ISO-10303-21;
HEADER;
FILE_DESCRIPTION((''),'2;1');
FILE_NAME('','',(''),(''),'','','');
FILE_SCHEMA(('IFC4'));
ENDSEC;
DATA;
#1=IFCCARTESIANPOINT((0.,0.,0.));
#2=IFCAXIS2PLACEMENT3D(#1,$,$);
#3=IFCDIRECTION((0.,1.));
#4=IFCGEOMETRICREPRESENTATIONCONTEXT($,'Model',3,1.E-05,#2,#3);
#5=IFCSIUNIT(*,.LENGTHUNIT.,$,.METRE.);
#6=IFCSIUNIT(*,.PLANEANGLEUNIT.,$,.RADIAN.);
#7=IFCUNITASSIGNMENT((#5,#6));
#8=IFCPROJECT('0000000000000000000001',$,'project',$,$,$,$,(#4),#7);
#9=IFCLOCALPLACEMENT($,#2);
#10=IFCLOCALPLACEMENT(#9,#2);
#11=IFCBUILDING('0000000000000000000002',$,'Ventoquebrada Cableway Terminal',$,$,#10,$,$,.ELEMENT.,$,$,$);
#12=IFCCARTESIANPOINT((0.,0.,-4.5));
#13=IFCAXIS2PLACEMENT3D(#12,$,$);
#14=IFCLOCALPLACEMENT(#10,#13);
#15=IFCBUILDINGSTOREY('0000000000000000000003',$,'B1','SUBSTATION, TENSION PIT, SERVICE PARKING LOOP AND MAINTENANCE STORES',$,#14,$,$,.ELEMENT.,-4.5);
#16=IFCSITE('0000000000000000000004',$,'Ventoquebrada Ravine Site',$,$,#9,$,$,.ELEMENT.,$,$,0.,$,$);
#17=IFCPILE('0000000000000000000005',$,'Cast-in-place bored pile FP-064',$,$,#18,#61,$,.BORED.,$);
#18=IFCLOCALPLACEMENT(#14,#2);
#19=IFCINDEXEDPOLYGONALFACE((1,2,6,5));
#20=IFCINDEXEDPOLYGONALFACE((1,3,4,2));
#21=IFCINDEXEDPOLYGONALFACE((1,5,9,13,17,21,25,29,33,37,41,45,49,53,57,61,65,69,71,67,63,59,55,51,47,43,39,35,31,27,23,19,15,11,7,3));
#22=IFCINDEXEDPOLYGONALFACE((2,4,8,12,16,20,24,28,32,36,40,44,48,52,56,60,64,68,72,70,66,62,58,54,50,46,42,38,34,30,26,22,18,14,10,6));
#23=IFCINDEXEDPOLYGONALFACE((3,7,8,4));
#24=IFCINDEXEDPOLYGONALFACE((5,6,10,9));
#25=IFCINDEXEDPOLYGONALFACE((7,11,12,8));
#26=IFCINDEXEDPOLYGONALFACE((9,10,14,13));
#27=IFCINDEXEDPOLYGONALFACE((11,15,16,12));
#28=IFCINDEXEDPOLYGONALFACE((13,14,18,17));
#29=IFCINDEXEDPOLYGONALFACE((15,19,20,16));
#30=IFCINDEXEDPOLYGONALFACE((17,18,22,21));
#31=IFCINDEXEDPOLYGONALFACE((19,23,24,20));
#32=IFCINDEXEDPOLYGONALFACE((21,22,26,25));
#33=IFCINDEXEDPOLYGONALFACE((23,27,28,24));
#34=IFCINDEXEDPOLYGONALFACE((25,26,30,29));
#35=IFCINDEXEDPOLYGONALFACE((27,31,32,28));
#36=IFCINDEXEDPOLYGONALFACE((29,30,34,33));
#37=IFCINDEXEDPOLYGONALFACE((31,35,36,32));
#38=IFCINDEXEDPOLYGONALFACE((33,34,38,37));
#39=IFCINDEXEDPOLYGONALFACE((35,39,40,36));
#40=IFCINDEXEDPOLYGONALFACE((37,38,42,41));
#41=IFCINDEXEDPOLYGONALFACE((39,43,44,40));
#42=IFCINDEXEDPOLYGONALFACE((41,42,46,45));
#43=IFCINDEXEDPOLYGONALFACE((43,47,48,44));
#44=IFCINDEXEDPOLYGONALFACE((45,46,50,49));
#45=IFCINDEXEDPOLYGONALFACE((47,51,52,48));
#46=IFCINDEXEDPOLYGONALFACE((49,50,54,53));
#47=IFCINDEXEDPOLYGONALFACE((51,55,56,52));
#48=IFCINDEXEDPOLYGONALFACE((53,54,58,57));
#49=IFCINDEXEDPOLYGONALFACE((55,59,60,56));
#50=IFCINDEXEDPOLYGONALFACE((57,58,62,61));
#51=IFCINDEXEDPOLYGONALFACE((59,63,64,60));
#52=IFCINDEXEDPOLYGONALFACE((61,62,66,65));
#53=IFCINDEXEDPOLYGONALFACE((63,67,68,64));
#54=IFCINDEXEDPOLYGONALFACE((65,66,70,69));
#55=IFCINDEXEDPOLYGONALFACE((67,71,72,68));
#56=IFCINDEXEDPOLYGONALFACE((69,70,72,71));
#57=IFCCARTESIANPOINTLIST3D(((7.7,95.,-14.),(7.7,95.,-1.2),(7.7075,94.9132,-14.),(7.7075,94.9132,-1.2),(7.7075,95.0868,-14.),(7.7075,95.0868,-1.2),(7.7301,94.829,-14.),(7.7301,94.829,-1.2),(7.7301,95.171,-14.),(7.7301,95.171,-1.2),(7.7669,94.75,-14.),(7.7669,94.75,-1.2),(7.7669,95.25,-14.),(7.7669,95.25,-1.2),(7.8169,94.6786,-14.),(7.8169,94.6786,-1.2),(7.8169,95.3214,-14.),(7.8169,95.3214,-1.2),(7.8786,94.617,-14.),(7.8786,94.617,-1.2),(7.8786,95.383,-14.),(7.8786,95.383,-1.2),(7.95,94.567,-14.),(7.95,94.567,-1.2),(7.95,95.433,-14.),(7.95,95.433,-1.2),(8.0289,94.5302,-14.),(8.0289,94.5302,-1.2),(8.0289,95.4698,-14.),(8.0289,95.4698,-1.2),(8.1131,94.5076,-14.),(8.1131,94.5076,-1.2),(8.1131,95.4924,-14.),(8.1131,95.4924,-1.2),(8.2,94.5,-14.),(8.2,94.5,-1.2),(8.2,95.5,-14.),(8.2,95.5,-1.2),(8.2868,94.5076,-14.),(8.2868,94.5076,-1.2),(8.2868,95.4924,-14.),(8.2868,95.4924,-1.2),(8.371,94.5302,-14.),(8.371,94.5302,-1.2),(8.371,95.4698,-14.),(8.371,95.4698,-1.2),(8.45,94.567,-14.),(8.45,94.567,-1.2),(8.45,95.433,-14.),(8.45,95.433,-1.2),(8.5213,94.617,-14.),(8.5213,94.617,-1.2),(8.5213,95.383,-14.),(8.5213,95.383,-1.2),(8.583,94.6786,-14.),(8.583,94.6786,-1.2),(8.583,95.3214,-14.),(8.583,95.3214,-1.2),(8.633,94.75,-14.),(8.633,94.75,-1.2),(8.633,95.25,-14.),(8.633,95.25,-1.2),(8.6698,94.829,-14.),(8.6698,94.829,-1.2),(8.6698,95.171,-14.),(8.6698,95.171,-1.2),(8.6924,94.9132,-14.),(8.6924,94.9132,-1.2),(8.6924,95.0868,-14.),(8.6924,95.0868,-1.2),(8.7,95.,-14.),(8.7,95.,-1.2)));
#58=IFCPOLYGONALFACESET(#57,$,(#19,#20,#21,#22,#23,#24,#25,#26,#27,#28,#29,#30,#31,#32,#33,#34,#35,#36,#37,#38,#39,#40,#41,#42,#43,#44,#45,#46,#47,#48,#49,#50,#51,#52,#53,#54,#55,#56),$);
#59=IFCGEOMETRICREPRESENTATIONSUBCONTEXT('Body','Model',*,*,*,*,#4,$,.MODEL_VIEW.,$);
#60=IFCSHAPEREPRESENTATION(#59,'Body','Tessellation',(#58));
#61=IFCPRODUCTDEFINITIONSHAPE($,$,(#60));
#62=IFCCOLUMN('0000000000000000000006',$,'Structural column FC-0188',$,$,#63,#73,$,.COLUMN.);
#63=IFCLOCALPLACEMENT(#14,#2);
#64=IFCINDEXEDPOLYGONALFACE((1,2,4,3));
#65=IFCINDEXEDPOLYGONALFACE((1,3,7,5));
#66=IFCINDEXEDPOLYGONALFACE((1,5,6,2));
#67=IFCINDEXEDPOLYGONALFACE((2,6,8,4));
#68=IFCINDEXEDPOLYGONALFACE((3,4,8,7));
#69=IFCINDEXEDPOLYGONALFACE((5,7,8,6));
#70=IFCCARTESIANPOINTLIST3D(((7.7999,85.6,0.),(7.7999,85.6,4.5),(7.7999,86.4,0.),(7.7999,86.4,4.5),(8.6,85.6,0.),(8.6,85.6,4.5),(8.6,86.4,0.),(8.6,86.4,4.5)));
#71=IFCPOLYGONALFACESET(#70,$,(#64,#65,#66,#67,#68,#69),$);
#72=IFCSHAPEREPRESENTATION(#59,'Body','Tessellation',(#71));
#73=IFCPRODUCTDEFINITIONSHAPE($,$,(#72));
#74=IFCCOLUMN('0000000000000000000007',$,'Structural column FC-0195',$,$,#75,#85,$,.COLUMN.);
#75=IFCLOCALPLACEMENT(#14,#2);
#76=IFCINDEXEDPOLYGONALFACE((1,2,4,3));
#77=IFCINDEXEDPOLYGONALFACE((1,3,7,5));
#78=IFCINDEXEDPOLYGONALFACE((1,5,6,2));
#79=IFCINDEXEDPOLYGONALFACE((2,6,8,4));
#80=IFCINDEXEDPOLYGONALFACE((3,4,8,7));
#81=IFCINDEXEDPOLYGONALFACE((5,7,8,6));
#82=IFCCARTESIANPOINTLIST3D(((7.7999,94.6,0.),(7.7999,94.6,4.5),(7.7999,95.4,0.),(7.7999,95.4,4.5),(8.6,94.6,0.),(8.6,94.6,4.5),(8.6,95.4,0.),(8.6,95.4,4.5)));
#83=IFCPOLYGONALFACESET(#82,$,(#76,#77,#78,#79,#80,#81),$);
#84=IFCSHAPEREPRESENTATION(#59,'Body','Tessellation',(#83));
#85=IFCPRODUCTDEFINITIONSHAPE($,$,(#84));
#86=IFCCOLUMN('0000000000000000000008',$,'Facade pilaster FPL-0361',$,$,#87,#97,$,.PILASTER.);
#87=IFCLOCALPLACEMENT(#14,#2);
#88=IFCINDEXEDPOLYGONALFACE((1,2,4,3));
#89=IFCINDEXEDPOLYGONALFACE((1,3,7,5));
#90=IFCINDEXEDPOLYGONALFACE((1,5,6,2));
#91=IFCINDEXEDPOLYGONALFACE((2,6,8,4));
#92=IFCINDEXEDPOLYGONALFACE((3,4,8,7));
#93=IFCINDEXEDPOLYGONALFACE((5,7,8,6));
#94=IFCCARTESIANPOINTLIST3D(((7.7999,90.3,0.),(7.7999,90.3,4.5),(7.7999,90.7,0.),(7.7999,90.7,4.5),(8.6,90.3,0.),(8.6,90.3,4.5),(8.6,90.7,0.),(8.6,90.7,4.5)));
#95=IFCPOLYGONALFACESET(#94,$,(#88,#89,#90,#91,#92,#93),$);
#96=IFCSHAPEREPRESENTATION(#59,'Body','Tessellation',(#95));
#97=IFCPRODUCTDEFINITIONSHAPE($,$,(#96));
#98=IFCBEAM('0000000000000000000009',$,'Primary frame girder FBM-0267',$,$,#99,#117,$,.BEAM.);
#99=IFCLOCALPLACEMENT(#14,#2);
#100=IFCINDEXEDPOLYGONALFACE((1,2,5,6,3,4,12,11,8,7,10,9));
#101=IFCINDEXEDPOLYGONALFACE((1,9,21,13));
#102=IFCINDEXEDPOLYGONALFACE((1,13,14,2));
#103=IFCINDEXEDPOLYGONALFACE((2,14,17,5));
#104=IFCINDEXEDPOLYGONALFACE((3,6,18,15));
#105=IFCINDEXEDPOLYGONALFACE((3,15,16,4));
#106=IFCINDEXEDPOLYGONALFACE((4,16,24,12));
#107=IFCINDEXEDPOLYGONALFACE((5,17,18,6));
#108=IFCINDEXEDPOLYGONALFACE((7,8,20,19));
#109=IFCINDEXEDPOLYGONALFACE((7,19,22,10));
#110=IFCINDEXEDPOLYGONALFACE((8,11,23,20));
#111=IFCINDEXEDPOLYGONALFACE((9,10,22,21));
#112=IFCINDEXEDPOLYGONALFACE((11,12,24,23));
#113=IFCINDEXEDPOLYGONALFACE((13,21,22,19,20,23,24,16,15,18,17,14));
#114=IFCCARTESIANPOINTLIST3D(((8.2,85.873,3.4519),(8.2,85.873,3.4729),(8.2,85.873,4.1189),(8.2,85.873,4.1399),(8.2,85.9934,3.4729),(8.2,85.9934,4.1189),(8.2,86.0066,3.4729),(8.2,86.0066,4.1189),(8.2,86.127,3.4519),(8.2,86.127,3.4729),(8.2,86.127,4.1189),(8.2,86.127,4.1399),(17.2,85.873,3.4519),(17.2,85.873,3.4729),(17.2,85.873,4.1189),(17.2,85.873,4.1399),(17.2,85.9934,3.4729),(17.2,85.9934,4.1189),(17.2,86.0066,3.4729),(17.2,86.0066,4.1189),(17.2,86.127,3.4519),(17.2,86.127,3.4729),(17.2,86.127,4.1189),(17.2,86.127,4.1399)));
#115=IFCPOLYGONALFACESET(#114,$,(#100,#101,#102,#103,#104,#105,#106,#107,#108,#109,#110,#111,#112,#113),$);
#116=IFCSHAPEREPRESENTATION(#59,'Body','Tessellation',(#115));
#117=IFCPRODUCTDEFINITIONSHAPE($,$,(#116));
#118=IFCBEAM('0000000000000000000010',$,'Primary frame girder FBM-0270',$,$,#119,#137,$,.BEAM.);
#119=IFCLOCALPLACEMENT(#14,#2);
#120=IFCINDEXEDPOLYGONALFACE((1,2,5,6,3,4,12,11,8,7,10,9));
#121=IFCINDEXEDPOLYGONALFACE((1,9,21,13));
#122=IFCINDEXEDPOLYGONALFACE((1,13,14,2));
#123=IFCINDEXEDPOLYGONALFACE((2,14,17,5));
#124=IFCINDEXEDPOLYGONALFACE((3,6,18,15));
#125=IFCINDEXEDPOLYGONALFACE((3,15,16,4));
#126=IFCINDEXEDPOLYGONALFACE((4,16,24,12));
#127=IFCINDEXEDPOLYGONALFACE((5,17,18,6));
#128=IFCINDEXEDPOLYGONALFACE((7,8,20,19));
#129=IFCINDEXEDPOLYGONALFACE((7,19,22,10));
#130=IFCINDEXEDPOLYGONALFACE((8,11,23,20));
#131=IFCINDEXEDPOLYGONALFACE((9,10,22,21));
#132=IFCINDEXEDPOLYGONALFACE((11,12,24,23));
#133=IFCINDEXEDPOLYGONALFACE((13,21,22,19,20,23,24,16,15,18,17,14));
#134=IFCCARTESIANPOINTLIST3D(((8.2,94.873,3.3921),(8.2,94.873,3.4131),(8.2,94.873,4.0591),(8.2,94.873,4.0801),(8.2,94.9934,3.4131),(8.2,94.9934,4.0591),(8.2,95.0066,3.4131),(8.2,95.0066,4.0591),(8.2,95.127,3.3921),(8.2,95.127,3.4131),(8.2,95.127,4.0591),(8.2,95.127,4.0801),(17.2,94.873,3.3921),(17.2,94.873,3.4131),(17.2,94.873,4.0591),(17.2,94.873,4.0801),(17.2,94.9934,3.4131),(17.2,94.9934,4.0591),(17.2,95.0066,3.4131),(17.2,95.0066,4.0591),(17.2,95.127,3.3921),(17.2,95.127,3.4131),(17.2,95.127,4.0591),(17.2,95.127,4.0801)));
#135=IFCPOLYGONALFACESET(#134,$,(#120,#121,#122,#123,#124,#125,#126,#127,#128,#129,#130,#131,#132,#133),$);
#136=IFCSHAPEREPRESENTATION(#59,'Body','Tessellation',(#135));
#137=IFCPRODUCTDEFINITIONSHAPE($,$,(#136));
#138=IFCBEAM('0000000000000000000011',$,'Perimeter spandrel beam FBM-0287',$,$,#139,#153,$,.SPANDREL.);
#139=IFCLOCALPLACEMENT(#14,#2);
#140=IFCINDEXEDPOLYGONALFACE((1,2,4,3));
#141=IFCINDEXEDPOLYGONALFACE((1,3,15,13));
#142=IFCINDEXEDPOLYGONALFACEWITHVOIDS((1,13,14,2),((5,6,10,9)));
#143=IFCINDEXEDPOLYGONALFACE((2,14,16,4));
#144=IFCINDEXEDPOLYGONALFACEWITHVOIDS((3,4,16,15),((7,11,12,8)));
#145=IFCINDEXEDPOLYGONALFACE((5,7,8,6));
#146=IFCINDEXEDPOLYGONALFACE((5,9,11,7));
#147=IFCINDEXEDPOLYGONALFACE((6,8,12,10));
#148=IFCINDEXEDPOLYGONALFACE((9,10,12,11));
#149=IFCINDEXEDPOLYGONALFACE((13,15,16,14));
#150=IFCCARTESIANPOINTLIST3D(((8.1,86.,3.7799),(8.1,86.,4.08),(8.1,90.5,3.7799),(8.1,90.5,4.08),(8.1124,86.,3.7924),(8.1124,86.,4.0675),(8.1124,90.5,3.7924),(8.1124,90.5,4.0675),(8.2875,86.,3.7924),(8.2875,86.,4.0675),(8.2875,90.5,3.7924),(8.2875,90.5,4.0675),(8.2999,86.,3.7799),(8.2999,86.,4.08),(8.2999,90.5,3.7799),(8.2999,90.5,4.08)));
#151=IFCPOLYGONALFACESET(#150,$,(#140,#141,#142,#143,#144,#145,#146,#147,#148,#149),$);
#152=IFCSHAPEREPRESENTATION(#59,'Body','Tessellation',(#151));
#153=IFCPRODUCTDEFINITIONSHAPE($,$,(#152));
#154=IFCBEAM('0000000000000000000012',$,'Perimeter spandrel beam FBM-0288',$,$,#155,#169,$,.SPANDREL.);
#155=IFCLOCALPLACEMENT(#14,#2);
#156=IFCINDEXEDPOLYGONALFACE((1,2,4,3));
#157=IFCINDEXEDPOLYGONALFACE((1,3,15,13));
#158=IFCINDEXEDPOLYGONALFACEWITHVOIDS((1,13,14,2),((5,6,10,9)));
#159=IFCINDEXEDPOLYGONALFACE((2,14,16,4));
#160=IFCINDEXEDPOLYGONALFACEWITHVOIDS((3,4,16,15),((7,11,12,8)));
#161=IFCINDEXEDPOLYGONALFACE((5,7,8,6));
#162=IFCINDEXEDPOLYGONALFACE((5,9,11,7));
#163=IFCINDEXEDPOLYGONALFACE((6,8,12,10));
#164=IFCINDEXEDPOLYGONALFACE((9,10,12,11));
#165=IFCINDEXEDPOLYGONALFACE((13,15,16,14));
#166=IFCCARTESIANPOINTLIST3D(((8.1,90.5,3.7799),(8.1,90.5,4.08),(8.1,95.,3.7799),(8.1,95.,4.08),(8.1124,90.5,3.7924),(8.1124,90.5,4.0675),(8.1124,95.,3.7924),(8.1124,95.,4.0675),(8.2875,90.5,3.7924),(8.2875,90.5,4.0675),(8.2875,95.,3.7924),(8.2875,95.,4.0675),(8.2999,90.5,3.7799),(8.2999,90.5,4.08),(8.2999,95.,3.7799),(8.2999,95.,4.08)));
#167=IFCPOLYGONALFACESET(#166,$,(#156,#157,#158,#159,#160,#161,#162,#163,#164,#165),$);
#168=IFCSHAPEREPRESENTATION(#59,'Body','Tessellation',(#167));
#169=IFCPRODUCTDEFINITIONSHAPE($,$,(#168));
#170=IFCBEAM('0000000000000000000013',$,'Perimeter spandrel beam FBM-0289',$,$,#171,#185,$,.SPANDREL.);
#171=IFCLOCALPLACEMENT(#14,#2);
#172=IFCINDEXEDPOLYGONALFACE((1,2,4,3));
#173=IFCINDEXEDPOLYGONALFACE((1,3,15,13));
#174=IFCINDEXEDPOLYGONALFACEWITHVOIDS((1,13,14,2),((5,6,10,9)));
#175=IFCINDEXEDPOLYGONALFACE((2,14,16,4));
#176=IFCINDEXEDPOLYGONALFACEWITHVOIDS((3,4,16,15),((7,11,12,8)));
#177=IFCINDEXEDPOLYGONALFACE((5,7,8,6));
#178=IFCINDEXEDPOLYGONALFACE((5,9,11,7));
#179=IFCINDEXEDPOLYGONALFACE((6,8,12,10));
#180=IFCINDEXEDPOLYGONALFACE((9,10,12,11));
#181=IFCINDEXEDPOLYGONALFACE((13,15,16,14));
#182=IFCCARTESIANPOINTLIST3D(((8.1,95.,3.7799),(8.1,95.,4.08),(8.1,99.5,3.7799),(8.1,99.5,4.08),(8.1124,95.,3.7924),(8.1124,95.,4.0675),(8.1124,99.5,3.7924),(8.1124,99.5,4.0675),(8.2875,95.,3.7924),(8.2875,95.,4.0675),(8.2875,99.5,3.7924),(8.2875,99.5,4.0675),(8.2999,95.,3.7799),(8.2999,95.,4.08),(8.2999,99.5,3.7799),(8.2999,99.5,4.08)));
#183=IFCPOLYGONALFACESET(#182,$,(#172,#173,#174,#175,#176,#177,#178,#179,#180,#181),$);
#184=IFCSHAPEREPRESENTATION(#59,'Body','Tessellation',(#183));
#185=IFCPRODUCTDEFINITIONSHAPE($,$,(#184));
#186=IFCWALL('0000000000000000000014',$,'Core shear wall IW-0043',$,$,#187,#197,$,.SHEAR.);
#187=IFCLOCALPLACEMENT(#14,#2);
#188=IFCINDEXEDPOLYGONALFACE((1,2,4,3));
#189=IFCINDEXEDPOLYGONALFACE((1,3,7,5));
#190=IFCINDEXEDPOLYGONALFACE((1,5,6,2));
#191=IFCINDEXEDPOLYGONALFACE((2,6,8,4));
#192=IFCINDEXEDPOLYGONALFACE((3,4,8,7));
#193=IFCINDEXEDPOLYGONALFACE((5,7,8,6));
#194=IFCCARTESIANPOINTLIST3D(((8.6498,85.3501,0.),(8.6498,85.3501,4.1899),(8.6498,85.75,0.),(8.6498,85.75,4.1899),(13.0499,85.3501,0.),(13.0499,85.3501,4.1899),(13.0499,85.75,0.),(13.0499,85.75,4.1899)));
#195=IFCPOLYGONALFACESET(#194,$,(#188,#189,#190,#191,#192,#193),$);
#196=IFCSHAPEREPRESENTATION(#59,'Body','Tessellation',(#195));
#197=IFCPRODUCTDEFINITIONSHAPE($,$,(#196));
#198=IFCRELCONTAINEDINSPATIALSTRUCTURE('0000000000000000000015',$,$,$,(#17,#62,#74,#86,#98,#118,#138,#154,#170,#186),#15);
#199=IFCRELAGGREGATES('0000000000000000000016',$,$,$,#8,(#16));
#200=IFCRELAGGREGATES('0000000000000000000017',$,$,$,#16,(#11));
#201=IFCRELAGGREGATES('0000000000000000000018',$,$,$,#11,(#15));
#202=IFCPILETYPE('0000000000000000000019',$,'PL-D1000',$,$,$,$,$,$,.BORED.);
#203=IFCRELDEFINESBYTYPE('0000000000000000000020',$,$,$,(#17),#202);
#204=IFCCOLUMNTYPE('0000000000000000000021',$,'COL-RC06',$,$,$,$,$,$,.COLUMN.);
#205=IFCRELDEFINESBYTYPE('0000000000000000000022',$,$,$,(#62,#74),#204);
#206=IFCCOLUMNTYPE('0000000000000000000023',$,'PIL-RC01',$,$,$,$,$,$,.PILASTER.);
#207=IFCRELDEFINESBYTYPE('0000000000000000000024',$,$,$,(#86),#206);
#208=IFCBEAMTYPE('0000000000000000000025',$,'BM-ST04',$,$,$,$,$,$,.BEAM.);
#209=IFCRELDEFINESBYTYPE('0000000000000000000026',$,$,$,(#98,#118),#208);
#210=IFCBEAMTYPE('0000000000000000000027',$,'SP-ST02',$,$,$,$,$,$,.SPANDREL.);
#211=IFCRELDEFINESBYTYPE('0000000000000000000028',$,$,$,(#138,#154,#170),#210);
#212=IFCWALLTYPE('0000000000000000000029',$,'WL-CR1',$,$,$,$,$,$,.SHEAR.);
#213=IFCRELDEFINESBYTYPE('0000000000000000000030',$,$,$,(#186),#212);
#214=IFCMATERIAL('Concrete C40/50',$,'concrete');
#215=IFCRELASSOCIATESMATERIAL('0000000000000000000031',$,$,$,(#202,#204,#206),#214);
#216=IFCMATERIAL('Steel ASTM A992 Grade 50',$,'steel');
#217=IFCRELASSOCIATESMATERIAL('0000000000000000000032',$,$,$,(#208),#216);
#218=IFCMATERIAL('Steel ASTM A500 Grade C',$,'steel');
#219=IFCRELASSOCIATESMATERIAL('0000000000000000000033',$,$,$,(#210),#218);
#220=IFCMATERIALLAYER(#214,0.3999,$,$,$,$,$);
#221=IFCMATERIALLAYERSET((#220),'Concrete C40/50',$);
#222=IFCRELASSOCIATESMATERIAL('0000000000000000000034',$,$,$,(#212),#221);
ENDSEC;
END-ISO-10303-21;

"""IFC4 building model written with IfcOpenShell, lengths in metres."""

from ifc_helpers import new_model, si_unit, direction, frame, frame_2d, origin, origin_2d, place, context, subcontext, project, spatial, rectangle, hollow_rectangle, circle, i_section, extrude, material, layer, layer_set, material_profile, profile_set, type_object, element, save


model = new_model("IFC4")

# Units and contexts
model_context = context("Model", 3, precision=1e-05, world=origin(), true_north=direction((0.0, 1.0)))
body_context = subcontext(model_context, "Body", "Model", "MODEL_VIEW")
ifc_project = project(units=[si_unit("LENGTHUNIT", "METRE"), si_unit("PLANEANGLEUNIT", "RADIAN")], contexts=[model_context])

# Site, building, storey
site_placement = place(None, origin())
site = spatial("IfcSite", under=ifc_project, at=site_placement, Name="Ventoquebrada Ravine Site", CompositionType="ELEMENT", RefElevation=0.0)
building_placement = place(site_placement, origin())
building = spatial("IfcBuilding", under=site, at=building_placement, Name="Ventoquebrada Cableway Terminal", CompositionType="ELEMENT")
storey_placement = place(building_placement, frame((0.0, 0.0, -4.5)))
storey = spatial("IfcBuildingStorey", under=building, at=storey_placement, Name="B1", Description="SUBSTATION, TENSION PIT, SERVICE PARKING LOOP AND MAINTENANCE STORES", CompositionType="ELEMENT", Elevation=-4.5)

# Shared definitions
ifc_material_1 = material(Name="Concrete C40/50", Category="concrete")

# Pile
ifc_material_profile_1 = material_profile(ifc_material_1, circle(Radius=0.5, at=origin_2d()), Name="PILE-D1000")
ifc_profile_set_1 = profile_set([ifc_material_profile_1], Name="Concrete C40/50")
pile_type = type_object("IfcPileType", Name="PL-D1000", PredefinedType="BORED", material=ifc_profile_set_1)
pile_1_placement = place(storey_placement, frame((8.2, 95.0, -1.2), z_axis=(0.0, 0.0, -1.0), x_axis=(1.0, 0.0, 0.0)))
element("IfcPile", 1, at=pile_1_placement, inside=storey, type_object=pile_type, Name="Cast-in-place bored pile FP-064", PredefinedType="BORED", context=body_context, shape_type="SweptSolid", body=[
    extrude(circle(Radius=0.5, at=origin_2d()), origin(), (0.0, 0.0, 1.0), 12.8),
])

# Columns
ifc_material_profile_2 = material_profile(ifc_material_1, rectangle(XDim=0.8, YDim=0.8, at=origin_2d()), Name="RC-COL-800X800")
ifc_profile_set_2 = profile_set([ifc_material_profile_2], Name="Concrete C40/50")
column_type_1 = type_object("IfcColumnType", Name="COL-RC06", PredefinedType="COLUMN", material=ifc_profile_set_2)
for number, where, z_axis, x_axis, name in (
    (2, (8.2, 86.0, 0.0), (0.0, 0.0, 1.0), (1.0, 0.0, 0.0), "Structural column FC-0188"),
    (3, (8.2, 95.0, 0.0), (0.0, 0.0, 1.0), (1.0, 0.0, 0.0), "Structural column FC-0195"),
):
    element("IfcColumn", number, at=place(storey_placement, frame(where, z_axis=z_axis, x_axis=x_axis)), inside=storey, type_object=column_type_1, Name=name, PredefinedType="COLUMN", context=body_context, shape_type="SweptSolid", body=[
        extrude(rectangle(XDim=0.8, YDim=0.8, at=origin_2d()), origin(), (0.0, 0.0, 1.0), 4.5),
    ])
ifc_material_profile_3 = material_profile(ifc_material_1, rectangle(XDim=0.3999, YDim=0.8, at=origin_2d()), Name="RC-PIL-400X800")
ifc_profile_set_3 = profile_set([ifc_material_profile_3], Name="Concrete C40/50")
column_type_2 = type_object("IfcColumnType", Name="PIL-RC01", PredefinedType="PILASTER", material=ifc_profile_set_3)
column_placement = place(storey_placement, frame((8.2, 90.5, 0.0), z_axis=(0.0, 0.0, 1.0), x_axis=(0.0, 1.0, 0.0)))
element("IfcColumn", 4, at=column_placement, inside=storey, type_object=column_type_2, Name="Facade pilaster FPL-0361", PredefinedType="PILASTER", context=body_context, shape_type="SweptSolid", body=[
    extrude(rectangle(XDim=0.3999, YDim=0.8, at=origin_2d()), origin(), (0.0, 0.0, 1.0), 4.5),
])

# Beams
ifc_material_2 = material(Name="Steel ASTM A992 Grade 50", Category="steel")
ifc_material_profile_4 = material_profile(ifc_material_2, i_section(OverallWidth=0.2539, OverallDepth=0.688, WebThickness=0.0132, FlangeThickness=0.021, at=origin_2d()), Name="W27X102")
ifc_profile_set_4 = profile_set([ifc_material_profile_4], Name="Steel ASTM A992 Grade 50")
beam_type_1 = type_object("IfcBeamType", Name="BM-ST04", PredefinedType="BEAM", material=ifc_profile_set_4)
for number, where, z_axis, x_axis, name in (
    (5, (8.2, 86.0, 3.7959), (1.0, 0.0, 0.0), (0.0, 1.0, 0.0), "Primary frame girder FBM-0267"),
    (6, (8.2, 95.0, 3.7361), (1.0, 0.0, 0.0), (0.0, 1.0, 0.0), "Primary frame girder FBM-0270"),
):
    element("IfcBeam", number, at=place(storey_placement, frame(where, z_axis=z_axis, x_axis=x_axis)), inside=storey, type_object=beam_type_1, Name=name, PredefinedType="BEAM", context=body_context, shape_type="SweptSolid", body=[
        extrude(i_section(OverallWidth=0.2539, OverallDepth=0.688, WebThickness=0.0132, FlangeThickness=0.021, at=origin_2d()), origin(), (0.0, 0.0, 1.0), 9.0),
    ])
ifc_material_3 = material(Name="Steel ASTM A500 Grade C", Category="steel")
ifc_material_profile_5 = material_profile(ifc_material_3, hollow_rectangle(XDim=0.2, YDim=0.3, WallThickness=0.0125, at=origin_2d()), Name="RHS300X200X12.5")
ifc_profile_set_5 = profile_set([ifc_material_profile_5], Name="Steel ASTM A500 Grade C")
beam_type_2 = type_object("IfcBeamType", Name="SP-ST02", PredefinedType="SPANDREL", material=ifc_profile_set_5)
for number, where, z_axis, x_axis, name in (
    (7, (8.2, 86.0, 3.9299), (0.0, 1.0, 0.0), (-1.0, 0.0, 0.0), "Perimeter spandrel beam FBM-0287"),
    (8, (8.2, 90.5, 3.9299), (0.0, 1.0, 0.0), (-1.0, 0.0, 0.0), "Perimeter spandrel beam FBM-0288"),
    (9, (8.2, 95.0, 3.9299), (0.0, 1.0, 0.0), (-1.0, 0.0, 0.0), "Perimeter spandrel beam FBM-0289"),
):
    element("IfcBeam", number, at=place(storey_placement, frame(where, z_axis=z_axis, x_axis=x_axis)), inside=storey, type_object=beam_type_2, Name=name, PredefinedType="SPANDREL", context=body_context, shape_type="SweptSolid", body=[
        extrude(hollow_rectangle(XDim=0.2, YDim=0.3, WallThickness=0.0125, at=origin_2d()), origin(), (0.0, 0.0, 1.0), 4.5),
    ])

# Wall
ifc_layer = layer(ifc_material_1, 0.3999)
ifc_layer_set = layer_set([ifc_layer], Name="Concrete C40/50")
wall_type = type_object("IfcWallType", Name="WL-CR1", PredefinedType="SHEAR", material=ifc_layer_set)
wall_1_placement = place(storey_placement, frame((13.05, 85.55, 0.0), z_axis=(0.0, 0.0, 1.0), x_axis=(-1.0, 0.0, 0.0)))
element("IfcWall", 10, at=wall_1_placement, inside=storey, type_object=wall_type, Name="Core shear wall IW-0043", PredefinedType="SHEAR", context=body_context, shape_type="SweptSolid", body=[
    extrude(rectangle(XDim=4.4001, YDim=0.3999, at=frame_2d((2.2002, 0.0))), origin(), (0.0, 0.0, 1.0), 4.1899),
])

save(model, "model.ifc")
